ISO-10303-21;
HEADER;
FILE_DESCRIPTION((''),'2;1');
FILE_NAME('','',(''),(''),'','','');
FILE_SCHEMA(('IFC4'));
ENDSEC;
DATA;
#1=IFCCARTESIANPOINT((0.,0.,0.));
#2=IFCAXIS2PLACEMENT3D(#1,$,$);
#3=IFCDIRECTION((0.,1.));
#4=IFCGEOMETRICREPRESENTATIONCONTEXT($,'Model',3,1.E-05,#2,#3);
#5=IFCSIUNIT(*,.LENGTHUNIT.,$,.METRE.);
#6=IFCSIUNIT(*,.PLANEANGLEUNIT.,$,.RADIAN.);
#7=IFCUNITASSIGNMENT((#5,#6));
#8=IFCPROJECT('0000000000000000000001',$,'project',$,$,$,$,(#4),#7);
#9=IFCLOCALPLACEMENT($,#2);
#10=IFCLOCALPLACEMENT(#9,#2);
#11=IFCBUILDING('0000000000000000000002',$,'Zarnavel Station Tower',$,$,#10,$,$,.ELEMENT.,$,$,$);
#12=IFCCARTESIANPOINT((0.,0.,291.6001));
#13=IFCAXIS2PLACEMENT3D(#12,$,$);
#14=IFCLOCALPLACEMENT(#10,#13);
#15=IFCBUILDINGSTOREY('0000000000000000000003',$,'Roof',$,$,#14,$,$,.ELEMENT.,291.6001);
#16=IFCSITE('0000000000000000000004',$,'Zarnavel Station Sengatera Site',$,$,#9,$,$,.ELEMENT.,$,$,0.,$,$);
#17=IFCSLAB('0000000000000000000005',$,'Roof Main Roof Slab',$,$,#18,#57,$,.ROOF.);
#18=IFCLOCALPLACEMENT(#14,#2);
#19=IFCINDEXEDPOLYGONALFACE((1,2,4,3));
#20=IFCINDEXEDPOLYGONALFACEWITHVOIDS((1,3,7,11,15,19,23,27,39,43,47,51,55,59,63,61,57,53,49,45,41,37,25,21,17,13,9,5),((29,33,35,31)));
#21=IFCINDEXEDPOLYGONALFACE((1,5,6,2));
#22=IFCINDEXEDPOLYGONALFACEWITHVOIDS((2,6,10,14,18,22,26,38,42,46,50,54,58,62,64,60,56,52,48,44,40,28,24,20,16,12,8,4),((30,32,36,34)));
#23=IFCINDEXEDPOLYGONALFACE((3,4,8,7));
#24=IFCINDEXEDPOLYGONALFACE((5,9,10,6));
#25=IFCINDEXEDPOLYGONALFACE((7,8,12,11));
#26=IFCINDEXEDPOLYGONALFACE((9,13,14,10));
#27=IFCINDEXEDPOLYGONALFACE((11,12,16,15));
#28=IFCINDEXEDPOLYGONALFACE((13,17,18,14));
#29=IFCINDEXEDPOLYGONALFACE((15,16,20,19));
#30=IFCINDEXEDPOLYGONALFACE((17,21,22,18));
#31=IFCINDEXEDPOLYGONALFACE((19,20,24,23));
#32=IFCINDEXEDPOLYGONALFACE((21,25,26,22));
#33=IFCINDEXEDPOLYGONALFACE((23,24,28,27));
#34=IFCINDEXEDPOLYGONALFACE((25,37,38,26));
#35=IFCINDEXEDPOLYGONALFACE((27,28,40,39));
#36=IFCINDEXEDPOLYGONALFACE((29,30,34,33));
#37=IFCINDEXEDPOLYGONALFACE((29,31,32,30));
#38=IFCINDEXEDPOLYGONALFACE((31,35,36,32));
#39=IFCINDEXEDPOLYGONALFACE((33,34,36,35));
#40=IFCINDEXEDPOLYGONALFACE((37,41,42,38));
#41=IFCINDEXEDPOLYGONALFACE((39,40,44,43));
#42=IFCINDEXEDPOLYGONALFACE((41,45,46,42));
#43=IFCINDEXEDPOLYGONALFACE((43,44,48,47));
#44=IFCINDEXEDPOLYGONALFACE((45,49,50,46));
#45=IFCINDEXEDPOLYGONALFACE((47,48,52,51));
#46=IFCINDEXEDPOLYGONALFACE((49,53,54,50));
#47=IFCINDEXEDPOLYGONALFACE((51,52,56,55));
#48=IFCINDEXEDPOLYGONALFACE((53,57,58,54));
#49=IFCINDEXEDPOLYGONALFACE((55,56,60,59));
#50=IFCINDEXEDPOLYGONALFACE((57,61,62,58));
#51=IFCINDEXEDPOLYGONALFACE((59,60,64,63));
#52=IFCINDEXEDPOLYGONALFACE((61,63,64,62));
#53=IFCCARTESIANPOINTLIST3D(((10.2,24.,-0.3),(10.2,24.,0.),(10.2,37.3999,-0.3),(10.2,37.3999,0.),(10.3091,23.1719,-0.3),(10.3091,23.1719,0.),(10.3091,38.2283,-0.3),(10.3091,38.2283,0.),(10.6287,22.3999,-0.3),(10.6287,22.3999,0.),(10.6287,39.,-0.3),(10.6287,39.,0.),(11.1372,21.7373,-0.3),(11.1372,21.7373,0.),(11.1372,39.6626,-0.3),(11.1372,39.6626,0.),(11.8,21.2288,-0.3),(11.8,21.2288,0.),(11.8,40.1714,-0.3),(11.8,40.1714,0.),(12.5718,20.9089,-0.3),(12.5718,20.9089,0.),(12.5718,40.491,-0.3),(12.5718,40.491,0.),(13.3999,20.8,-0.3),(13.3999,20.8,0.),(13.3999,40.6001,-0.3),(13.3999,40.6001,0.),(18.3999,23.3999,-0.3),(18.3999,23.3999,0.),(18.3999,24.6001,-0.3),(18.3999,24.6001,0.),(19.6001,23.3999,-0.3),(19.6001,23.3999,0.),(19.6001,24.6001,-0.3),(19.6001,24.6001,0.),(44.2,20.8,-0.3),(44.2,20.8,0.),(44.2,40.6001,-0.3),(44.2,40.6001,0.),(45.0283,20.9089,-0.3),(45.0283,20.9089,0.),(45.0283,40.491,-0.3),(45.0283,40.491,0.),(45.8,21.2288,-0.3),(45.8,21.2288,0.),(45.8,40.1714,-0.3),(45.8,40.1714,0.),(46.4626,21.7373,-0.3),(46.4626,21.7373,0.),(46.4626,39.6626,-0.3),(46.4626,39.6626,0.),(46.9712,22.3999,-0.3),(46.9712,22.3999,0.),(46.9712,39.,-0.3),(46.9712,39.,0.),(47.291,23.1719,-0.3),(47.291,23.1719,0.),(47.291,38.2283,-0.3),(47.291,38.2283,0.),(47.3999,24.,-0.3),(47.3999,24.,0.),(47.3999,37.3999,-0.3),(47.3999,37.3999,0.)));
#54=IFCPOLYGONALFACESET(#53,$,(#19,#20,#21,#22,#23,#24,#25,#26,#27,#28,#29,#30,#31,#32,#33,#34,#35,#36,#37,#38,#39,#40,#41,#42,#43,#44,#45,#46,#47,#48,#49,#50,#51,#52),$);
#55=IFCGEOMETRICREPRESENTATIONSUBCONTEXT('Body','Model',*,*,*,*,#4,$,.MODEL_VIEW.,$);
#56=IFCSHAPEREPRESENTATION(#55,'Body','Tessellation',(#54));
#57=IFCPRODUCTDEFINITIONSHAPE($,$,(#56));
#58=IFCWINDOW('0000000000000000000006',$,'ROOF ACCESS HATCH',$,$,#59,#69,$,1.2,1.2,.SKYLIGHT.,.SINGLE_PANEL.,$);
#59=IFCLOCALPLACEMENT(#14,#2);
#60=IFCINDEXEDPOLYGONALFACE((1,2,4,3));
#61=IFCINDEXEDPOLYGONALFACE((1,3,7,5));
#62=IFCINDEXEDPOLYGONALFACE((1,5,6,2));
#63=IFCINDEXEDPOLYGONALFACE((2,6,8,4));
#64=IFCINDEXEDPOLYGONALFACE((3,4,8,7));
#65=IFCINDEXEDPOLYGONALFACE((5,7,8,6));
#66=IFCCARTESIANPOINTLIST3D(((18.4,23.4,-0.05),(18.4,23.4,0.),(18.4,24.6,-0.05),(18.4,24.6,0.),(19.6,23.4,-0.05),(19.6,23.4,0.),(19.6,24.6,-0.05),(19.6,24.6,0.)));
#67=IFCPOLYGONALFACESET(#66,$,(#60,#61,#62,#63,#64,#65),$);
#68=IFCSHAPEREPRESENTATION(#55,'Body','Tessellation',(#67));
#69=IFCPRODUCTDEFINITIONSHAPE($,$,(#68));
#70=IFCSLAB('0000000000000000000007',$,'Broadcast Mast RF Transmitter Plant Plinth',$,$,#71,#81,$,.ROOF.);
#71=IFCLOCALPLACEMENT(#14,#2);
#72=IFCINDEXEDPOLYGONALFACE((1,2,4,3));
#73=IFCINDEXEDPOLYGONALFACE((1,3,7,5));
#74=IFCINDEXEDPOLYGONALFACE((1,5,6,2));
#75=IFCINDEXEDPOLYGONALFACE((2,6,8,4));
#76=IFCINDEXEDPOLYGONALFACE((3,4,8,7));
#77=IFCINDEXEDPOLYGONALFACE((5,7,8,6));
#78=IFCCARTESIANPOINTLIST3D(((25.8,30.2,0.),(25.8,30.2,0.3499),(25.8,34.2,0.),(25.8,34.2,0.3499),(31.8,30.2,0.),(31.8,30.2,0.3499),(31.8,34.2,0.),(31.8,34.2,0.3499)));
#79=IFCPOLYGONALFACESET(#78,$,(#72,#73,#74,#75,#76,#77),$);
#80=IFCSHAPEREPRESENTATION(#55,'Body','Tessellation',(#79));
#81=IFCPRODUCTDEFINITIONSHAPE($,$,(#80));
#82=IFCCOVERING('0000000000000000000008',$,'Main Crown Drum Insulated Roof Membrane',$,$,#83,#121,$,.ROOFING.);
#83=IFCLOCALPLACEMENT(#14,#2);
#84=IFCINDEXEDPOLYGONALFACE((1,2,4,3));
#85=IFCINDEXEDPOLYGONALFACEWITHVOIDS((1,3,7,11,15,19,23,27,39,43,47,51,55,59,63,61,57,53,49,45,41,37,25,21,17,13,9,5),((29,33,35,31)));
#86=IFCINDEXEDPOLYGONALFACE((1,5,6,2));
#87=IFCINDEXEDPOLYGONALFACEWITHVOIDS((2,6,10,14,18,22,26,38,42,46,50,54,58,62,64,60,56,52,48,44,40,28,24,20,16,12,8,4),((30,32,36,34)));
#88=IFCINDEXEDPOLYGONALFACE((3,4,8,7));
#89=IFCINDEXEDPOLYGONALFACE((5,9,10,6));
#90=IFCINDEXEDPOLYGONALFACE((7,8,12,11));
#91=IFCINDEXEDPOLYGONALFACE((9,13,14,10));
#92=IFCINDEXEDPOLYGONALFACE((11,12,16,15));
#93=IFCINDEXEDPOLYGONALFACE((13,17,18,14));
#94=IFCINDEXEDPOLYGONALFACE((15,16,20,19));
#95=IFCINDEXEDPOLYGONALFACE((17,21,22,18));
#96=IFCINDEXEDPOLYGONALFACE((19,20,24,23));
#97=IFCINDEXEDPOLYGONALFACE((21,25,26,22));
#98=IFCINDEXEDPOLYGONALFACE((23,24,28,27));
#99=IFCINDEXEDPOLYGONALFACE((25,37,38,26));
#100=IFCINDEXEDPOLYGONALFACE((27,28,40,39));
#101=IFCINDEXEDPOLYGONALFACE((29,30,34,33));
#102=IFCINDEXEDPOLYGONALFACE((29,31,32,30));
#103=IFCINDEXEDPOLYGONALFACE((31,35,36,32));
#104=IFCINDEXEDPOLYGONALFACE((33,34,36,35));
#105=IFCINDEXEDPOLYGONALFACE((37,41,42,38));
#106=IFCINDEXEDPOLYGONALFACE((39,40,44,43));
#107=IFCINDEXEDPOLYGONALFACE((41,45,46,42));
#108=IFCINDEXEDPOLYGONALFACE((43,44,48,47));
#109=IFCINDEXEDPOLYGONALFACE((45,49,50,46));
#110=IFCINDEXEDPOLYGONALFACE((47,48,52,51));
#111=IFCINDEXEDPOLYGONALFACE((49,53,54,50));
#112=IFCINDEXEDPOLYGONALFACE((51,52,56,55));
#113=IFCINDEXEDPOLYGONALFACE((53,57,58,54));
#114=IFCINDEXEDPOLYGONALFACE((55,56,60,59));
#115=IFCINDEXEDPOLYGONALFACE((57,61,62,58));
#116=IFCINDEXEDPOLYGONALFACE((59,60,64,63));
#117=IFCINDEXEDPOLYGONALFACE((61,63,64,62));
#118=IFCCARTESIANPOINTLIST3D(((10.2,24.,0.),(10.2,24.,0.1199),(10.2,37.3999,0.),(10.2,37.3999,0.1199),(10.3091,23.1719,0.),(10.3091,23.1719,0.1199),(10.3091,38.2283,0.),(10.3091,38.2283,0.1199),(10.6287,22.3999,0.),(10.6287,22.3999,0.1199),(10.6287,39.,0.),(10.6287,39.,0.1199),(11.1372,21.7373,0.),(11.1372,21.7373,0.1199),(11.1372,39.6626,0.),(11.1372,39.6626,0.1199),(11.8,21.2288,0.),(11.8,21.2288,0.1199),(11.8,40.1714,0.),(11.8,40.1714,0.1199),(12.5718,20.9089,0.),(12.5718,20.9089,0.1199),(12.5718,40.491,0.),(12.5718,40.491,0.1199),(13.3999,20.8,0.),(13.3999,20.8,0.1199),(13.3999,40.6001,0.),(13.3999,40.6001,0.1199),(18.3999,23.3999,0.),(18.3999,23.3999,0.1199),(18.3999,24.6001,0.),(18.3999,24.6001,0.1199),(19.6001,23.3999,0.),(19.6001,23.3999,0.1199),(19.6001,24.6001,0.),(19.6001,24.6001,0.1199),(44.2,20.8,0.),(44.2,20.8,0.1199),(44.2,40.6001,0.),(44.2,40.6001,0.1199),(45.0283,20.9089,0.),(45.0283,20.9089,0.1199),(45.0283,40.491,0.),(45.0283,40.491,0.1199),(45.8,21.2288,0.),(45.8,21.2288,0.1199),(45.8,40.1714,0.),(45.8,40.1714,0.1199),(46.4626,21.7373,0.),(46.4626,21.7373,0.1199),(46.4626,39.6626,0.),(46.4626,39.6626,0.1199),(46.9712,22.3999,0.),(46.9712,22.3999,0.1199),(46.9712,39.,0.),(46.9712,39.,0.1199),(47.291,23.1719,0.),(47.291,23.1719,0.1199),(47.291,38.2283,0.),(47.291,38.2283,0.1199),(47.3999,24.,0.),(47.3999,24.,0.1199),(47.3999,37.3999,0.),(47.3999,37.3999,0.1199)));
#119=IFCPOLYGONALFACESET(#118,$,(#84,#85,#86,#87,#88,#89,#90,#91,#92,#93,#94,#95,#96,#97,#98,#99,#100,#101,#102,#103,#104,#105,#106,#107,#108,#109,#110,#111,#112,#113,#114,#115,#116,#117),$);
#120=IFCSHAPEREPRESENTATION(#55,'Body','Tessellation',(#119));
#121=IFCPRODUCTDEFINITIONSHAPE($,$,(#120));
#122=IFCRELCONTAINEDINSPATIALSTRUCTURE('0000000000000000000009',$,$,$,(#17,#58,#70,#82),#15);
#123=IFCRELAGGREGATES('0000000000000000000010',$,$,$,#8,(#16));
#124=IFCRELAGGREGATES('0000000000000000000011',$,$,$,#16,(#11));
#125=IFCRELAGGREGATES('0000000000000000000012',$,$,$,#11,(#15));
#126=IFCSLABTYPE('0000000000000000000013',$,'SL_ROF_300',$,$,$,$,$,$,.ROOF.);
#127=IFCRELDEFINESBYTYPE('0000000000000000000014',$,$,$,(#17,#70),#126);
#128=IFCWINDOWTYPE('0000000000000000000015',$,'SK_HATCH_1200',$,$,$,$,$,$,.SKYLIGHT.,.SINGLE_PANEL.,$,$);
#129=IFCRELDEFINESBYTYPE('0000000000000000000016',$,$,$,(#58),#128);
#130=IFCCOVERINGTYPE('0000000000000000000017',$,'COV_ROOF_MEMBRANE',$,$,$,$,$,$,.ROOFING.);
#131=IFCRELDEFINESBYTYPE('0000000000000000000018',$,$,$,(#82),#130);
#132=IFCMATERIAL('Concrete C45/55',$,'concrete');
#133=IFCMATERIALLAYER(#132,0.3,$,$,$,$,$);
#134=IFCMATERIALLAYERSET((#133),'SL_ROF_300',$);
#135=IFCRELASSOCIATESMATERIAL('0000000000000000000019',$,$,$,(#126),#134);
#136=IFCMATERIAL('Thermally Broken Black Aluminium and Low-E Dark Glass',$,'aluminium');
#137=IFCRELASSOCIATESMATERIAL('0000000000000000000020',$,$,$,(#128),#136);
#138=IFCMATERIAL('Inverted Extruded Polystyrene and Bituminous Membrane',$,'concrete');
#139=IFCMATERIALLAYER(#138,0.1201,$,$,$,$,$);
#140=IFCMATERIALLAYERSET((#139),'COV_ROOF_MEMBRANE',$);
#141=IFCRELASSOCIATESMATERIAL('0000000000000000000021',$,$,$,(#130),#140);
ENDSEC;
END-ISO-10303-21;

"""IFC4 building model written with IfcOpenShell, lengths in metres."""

from ifc_helpers import new_model, si_unit, direction, frame, origin, origin_2d, place, context, subcontext, project, spatial, polyline, rectangle, outline, extrude, material, layer, layer_set, type_object, element, fill, save


model = new_model("IFC4")

# Units and contexts
model_context = context("Model", 3, precision=1e-05, world=origin(), true_north=direction((0.0, 1.0)))
body_context = subcontext(model_context, "Body", "Model", "MODEL_VIEW")
ifc_project = project(units=[si_unit("LENGTHUNIT", "METRE"), si_unit("PLANEANGLEUNIT", "RADIAN")], contexts=[model_context])

# Site, building, storey
site_placement = place(None, origin())
site = spatial("IfcSite", under=ifc_project, at=site_placement, Name="Zarnavel Station Sengatera Site", CompositionType="ELEMENT", RefElevation=0.0)
building_placement = place(site_placement, origin())
building = spatial("IfcBuilding", under=site, at=building_placement, Name="Zarnavel Station Tower", CompositionType="ELEMENT")
storey_placement = place(building_placement, frame((0.0, 0.0, 291.6001)))
storey = spatial("IfcBuildingStorey", under=building, at=storey_placement, Name="Roof", CompositionType="ELEMENT", Elevation=291.6001)

# Slab, opening, window
ifc_material_1 = material(Name="Concrete C45/55", Category="concrete")
ifc_layer_1 = layer(ifc_material_1, 0.3)
ifc_layer_set_1 = layer_set([ifc_layer_1], Name="SL_ROF_300")
slab_type = type_object("IfcSlabType", Name="SL_ROF_300", PredefinedType="ROOF", material=ifc_layer_set_1)
slab_1_placement = place(storey_placement, frame((0.0, 0.0, -0.3)))
slab_1 = element("IfcSlab", 1, at=slab_1_placement, inside=storey, type_object=slab_type, Name="Roof Main Roof Slab", PredefinedType="ROOF", context=body_context, shape_type="SweptSolid", body=[
    extrude(outline(polyline([(44.2, 20.8), (45.0283, 20.9089), (45.8, 21.2288), (46.4626, 21.7373), (46.9712, 22.3999), (47.291, 23.1719), (47.3999, 24.0), (47.3999, 37.3999), (47.291, 38.2283), (46.9712, 39.0), (46.4626, 39.6626), (45.8, 40.1714), (45.0283, 40.491), (44.2, 40.6001), (13.3999, 40.6001), (12.5718, 40.491), (11.8, 40.1714), (11.1372, 39.6626), (10.6287, 39.0), (10.3091, 38.2283), (10.2, 37.3999), (10.2, 24.0), (10.3091, 23.1719), (10.6287, 22.3999), (11.1372, 21.7373), (11.8, 21.2288), (12.5718, 20.9089), (13.3999, 20.8), (44.2, 20.8)]), holes=[polyline([(18.3999, 23.3999), (19.6001, 23.3999), (19.6001, 24.6001), (18.3999, 24.6001), (18.3999, 23.3999)])]), origin(), (0.0, 0.0, 1.0), 0.3),
])
opening_placement = place(slab_1_placement, frame((19.0, 24.0, 0.0)))
opening = element("IfcOpeningElement", 2, at=opening_placement, cuts=slab_1, PredefinedType="OPENING", context=body_context, shape_type="SweptSolid", body=[
    extrude(rectangle(XDim=1.2, YDim=1.2, at=origin_2d()), origin(), (0.0, 0.0, 1.0), 0.3),
])
ifc_material_2 = material(Name="Thermally Broken Black Aluminium and Low-E Dark Glass", Category="aluminium")
window_type = type_object("IfcWindowType", Name="SK_HATCH_1200", PartitioningType="SINGLE_PANEL", PredefinedType="SKYLIGHT", material=ifc_material_2)
window_placement = place(opening_placement, frame((0.0, 0.0, 0.25)))
window = element("IfcWindow", 3, at=window_placement, inside=storey, type_object=window_type, Name="ROOF ACCESS HATCH", OverallHeight=1.2, OverallWidth=1.2, PartitioningType="SINGLE_PANEL", PredefinedType="SKYLIGHT", context=body_context, shape_type="SweptSolid", body=[
    extrude(rectangle(XDim=1.2, YDim=1.2, at=origin_2d()), origin(), (0.0, 0.0, 1.0), 0.05),
])
fill(opening, window)

# Slab
slab_2_placement = place(storey_placement, origin())
element("IfcSlab", 4, at=slab_2_placement, inside=storey, type_object=slab_type, Name="Broadcast Mast RF Transmitter Plant Plinth", PredefinedType="ROOF", context=body_context, shape_type="SweptSolid", body=[
    extrude(outline(polyline([(25.8, 30.2), (31.8, 30.2), (31.8, 34.2), (25.8, 34.2), (25.8, 30.2)])), origin(), (0.0, 0.0, 1.0), 0.3499),
])

# Covering
ifc_material_3 = material(Name="Inverted Extruded Polystyrene and Bituminous Membrane", Category="concrete")
ifc_layer_2 = layer(ifc_material_3, 0.1201)
ifc_layer_set_2 = layer_set([ifc_layer_2], Name="COV_ROOF_MEMBRANE")
covering_type = type_object("IfcCoveringType", Name="COV_ROOF_MEMBRANE", PredefinedType="ROOFING", material=ifc_layer_set_2)
covering_placement = place(storey_placement, origin())
element("IfcCovering", 5, at=covering_placement, inside=storey, type_object=covering_type, Name="Main Crown Drum Insulated Roof Membrane", PredefinedType="ROOFING", context=body_context, shape_type="SweptSolid", body=[
    extrude(outline(polyline([(44.2, 20.8), (45.0283, 20.9089), (45.8, 21.2288), (46.4626, 21.7373), (46.9712, 22.3999), (47.291, 23.1719), (47.3999, 24.0), (47.3999, 37.3999), (47.291, 38.2283), (46.9712, 39.0), (46.4626, 39.6626), (45.8, 40.1714), (45.0283, 40.491), (44.2, 40.6001), (13.3999, 40.6001), (12.5718, 40.491), (11.8, 40.1714), (11.1372, 39.6626), (10.6287, 39.0), (10.3091, 38.2283), (10.2, 37.3999), (10.2, 24.0), (10.3091, 23.1719), (10.6287, 22.3999), (11.1372, 21.7373), (11.8, 21.2288), (12.5718, 20.9089), (13.3999, 20.8), (44.2, 20.8)]), holes=[polyline([(18.3999, 23.3999), (19.6001, 23.3999), (19.6001, 24.6001), (18.3999, 24.6001), (18.3999, 23.3999)])]), origin(), (0.0, 0.0, 1.0), 0.1199),
])

save(model, "model.ifc")
